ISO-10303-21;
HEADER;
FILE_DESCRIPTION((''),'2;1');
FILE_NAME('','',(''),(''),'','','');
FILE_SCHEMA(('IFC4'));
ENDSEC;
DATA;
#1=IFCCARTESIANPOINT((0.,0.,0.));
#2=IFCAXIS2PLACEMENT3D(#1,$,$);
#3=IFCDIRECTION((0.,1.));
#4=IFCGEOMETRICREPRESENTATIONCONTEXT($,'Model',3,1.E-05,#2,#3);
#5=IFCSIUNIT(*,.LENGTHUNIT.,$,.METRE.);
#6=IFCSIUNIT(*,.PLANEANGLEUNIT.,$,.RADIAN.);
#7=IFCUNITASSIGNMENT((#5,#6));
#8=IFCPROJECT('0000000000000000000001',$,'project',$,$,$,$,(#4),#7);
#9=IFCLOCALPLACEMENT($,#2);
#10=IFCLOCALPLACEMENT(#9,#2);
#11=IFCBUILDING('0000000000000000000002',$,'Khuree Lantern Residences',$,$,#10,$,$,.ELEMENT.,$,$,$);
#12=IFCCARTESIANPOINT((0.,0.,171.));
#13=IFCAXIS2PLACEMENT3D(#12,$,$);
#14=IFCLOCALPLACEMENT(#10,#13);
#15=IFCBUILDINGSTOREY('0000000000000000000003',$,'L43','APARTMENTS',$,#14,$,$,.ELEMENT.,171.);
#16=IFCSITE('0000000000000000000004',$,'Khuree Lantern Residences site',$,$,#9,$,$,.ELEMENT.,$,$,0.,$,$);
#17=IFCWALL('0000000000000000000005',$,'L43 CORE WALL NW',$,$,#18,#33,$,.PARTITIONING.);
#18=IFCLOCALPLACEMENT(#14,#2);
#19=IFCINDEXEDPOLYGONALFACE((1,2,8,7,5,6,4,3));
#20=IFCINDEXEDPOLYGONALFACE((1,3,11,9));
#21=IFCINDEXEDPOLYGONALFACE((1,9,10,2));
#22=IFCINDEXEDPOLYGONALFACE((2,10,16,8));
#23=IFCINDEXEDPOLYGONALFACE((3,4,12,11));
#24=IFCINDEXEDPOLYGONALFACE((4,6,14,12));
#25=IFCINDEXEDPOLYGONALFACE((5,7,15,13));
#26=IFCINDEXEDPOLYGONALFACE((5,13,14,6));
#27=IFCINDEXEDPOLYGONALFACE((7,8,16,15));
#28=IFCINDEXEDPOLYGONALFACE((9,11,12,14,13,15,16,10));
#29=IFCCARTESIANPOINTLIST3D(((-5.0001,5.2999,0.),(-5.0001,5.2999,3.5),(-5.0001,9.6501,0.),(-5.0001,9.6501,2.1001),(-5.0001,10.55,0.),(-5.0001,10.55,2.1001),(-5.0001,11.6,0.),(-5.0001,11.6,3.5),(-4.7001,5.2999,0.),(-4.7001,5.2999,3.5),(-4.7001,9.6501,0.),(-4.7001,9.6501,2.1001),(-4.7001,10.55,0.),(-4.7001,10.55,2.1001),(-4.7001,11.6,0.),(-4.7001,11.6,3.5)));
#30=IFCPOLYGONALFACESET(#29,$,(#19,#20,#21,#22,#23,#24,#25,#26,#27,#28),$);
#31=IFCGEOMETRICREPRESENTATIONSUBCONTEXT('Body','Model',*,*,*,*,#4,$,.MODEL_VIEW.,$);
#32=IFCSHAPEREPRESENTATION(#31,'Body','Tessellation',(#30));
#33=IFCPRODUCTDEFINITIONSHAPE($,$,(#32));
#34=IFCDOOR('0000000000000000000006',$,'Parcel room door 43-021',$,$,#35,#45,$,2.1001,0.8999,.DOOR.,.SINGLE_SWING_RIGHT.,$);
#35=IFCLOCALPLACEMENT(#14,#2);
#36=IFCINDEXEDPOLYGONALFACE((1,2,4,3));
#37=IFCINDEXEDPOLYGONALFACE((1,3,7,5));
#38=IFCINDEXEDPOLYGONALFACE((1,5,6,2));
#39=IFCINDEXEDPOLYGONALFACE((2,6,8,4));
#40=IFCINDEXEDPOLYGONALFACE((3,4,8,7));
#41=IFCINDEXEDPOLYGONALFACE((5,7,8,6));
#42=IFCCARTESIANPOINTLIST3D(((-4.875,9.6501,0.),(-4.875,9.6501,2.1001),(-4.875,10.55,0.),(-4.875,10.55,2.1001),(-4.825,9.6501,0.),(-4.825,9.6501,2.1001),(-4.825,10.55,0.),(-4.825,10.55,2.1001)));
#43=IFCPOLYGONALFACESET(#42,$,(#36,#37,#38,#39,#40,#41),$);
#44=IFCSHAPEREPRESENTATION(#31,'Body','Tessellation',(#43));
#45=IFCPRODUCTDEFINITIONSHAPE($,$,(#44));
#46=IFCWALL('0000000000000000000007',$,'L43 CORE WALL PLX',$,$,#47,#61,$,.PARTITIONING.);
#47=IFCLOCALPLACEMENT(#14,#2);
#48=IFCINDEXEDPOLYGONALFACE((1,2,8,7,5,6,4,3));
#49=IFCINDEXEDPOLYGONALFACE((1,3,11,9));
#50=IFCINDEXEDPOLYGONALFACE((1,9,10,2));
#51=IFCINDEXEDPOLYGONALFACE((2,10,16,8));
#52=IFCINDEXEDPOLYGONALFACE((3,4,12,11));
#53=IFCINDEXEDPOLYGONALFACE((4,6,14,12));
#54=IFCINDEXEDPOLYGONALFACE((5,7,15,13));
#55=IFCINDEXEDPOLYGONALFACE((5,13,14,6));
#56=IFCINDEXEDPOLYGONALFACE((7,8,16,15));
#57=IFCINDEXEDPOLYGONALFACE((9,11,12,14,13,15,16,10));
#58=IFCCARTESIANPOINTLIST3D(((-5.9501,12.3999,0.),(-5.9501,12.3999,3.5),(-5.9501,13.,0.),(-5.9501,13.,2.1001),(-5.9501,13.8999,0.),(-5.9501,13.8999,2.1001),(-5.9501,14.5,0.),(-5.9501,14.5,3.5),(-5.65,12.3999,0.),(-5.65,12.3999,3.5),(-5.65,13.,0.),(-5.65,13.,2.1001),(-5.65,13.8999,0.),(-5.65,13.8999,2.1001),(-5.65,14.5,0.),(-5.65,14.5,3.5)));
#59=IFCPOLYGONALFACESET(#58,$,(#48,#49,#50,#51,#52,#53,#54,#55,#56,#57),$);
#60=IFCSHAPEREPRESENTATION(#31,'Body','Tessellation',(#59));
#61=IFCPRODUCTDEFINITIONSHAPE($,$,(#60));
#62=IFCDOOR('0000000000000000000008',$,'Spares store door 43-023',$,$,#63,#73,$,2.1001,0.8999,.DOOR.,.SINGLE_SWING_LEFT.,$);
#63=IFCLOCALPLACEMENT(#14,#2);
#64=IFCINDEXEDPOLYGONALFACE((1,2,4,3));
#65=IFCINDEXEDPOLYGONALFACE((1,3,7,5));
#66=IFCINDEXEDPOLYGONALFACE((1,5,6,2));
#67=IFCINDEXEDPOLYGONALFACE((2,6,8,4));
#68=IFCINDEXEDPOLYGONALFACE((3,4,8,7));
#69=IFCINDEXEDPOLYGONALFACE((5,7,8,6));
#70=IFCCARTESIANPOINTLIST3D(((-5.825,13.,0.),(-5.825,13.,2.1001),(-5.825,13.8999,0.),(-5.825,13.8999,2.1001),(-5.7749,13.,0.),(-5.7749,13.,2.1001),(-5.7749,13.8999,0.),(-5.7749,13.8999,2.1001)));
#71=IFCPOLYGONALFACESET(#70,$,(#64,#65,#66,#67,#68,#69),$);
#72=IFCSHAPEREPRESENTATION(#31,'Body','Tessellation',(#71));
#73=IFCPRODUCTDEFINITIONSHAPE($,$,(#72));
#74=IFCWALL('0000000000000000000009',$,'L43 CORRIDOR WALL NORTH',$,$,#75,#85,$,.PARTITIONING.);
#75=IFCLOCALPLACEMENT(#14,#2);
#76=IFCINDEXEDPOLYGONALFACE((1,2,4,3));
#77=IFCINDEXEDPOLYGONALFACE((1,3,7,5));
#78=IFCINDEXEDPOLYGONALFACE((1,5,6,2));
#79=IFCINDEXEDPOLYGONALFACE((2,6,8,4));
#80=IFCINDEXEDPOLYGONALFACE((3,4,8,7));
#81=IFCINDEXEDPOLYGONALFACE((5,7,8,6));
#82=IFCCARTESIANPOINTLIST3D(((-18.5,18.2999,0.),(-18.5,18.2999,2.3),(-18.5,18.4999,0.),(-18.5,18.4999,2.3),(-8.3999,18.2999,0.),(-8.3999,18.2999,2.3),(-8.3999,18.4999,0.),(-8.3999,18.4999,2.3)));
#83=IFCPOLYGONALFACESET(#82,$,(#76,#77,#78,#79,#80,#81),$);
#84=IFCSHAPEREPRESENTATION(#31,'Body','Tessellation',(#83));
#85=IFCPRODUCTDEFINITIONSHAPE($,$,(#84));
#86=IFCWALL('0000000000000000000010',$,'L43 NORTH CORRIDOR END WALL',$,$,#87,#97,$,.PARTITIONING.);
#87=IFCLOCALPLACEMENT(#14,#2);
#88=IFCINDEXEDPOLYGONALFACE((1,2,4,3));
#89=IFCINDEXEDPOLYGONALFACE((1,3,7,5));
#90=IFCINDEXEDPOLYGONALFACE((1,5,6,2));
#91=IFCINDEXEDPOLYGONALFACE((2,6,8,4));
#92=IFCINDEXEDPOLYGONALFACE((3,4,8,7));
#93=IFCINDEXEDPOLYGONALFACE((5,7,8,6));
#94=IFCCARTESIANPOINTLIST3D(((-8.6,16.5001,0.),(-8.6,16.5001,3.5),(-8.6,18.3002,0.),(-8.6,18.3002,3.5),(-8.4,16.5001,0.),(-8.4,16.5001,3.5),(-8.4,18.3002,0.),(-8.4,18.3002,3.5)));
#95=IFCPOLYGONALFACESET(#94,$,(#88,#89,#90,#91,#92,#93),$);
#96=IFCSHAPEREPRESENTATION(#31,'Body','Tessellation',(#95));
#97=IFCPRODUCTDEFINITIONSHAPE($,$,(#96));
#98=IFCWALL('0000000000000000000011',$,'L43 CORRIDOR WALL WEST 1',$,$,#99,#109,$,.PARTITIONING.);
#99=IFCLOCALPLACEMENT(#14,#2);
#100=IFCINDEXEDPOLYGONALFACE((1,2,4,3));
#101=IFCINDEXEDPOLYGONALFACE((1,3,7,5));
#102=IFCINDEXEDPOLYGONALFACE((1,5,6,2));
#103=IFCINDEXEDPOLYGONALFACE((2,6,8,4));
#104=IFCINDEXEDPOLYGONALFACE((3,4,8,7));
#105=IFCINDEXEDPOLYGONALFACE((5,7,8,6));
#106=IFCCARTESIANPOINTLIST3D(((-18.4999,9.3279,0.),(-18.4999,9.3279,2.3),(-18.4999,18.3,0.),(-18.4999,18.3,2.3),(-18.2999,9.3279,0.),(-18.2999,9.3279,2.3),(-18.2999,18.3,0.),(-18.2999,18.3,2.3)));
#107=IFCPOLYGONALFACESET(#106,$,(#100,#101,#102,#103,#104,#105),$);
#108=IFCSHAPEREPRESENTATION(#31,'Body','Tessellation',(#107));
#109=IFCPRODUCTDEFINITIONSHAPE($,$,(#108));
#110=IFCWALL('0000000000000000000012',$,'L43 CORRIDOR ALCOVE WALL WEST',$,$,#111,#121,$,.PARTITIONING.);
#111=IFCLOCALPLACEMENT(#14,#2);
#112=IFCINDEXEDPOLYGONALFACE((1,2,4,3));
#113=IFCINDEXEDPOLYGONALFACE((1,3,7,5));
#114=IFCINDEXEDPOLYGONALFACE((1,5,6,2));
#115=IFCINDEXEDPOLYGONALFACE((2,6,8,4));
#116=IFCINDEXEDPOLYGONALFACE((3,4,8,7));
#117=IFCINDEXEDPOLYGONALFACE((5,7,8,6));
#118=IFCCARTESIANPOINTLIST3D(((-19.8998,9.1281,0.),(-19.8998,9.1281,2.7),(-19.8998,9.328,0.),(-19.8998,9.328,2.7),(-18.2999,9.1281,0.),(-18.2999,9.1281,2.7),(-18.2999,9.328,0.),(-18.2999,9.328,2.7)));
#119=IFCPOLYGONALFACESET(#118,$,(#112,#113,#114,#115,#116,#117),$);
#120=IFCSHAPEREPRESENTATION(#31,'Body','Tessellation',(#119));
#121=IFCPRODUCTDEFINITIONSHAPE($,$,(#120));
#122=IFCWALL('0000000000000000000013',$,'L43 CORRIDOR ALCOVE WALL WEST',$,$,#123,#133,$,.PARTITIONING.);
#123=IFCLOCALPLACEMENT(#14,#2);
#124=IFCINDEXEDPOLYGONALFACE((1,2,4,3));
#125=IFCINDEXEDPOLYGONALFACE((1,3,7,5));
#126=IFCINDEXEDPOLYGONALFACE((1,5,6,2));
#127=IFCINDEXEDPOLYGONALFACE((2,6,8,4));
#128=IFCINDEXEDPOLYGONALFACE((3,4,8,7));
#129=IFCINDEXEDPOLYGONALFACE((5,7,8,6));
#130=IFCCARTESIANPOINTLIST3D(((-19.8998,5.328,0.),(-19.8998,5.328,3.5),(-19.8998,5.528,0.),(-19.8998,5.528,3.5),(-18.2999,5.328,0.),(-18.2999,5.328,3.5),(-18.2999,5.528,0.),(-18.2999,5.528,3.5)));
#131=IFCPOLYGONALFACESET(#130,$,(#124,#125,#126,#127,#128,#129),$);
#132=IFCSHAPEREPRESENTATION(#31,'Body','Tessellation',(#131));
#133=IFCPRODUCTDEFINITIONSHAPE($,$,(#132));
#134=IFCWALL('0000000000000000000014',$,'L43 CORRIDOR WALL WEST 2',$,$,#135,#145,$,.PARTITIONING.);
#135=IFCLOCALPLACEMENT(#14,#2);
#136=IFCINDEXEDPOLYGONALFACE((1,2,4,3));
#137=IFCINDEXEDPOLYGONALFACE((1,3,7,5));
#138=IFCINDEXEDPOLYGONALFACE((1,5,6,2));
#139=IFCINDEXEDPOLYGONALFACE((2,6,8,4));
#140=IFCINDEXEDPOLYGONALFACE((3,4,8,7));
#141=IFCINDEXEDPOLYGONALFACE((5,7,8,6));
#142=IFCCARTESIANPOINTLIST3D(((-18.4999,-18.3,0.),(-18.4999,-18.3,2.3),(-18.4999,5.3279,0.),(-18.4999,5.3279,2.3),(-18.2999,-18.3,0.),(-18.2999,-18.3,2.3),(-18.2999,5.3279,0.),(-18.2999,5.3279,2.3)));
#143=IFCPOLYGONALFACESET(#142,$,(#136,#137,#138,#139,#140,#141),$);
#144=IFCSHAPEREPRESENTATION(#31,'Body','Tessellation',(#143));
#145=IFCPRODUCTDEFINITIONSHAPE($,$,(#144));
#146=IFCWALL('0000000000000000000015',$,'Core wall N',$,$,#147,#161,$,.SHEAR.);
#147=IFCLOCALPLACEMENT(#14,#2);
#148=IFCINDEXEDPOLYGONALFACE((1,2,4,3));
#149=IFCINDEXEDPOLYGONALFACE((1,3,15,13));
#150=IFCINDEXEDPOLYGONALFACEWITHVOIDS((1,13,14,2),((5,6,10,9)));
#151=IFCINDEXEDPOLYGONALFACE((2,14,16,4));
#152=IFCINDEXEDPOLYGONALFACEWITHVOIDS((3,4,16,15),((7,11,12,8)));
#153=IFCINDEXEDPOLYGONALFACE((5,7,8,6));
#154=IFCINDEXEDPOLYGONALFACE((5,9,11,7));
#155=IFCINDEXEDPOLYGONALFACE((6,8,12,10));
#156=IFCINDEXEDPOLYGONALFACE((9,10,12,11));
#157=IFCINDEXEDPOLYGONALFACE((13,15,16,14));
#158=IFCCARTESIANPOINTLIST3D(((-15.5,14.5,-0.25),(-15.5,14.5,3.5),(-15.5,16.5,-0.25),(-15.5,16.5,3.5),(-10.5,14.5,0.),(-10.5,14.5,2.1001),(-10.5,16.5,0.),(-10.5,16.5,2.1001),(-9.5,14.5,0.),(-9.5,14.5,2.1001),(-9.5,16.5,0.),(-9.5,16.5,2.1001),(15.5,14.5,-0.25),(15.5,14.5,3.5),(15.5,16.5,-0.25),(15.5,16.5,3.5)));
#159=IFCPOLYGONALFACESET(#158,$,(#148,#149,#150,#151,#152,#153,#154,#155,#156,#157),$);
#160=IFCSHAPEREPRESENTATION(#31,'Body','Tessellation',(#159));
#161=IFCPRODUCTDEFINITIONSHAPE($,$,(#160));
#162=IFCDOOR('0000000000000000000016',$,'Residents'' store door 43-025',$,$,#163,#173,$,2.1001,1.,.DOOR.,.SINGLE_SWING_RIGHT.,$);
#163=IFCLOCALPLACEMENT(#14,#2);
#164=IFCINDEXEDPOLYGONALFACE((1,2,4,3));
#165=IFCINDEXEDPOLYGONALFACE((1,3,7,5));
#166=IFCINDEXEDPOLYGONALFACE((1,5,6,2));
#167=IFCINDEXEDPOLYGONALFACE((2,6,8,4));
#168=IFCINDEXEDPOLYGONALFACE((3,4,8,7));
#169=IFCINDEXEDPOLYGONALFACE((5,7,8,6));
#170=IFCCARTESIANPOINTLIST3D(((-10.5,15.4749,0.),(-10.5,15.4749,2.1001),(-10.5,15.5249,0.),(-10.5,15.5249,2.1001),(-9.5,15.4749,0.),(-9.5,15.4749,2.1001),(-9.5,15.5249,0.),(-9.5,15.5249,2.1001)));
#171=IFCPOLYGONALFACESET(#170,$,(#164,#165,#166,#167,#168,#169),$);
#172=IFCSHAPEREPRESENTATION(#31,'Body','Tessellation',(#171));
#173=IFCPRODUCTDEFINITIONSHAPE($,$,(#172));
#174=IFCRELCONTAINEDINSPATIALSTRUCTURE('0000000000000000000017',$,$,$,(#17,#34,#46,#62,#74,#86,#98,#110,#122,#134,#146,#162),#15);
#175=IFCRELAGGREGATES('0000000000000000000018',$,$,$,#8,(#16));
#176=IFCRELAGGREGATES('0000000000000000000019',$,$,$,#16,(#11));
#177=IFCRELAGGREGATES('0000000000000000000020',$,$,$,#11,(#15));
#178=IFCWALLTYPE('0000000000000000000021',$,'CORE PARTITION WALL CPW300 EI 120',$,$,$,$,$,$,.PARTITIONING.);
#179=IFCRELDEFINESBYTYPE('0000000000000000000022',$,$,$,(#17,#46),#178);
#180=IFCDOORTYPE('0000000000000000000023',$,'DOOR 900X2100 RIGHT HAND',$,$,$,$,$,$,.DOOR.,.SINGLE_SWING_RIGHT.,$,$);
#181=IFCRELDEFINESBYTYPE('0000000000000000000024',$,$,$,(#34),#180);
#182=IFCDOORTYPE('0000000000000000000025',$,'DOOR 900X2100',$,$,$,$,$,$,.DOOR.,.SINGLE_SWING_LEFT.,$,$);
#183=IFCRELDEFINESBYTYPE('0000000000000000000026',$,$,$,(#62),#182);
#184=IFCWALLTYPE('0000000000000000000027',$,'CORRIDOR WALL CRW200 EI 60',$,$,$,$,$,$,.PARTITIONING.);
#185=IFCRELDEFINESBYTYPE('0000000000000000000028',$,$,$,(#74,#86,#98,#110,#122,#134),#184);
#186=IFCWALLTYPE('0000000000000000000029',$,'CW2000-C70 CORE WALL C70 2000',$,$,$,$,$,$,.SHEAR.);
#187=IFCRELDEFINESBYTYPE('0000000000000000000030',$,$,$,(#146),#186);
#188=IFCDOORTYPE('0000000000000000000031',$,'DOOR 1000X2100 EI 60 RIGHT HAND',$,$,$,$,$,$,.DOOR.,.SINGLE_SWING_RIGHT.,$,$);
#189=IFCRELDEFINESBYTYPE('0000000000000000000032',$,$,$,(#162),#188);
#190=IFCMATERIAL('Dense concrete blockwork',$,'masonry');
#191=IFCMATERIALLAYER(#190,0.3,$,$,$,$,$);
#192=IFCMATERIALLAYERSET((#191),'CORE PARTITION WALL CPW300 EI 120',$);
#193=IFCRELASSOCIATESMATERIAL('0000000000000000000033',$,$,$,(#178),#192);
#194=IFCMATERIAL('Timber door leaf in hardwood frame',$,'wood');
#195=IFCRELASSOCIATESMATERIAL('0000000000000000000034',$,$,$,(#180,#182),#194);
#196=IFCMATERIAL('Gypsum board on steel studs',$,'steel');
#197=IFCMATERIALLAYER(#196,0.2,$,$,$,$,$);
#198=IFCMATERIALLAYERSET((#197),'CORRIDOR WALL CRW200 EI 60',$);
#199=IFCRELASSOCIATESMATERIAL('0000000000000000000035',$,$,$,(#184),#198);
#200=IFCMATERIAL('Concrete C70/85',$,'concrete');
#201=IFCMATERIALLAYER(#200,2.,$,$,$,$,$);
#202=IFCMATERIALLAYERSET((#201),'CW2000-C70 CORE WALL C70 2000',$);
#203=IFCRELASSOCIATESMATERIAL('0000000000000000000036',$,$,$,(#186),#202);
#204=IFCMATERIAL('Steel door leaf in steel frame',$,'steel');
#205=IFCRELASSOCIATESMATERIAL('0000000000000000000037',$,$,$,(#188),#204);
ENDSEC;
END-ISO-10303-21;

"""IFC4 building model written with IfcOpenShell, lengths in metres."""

from ifc_helpers import new_model, si_unit, direction, frame, frame_2d, origin, place, context, subcontext, project, spatial, rectangle, extrude, material, layer, layer_set, type_object, element, fill, save


model = new_model("IFC4")

# Units and contexts
model_context = context("Model", 3, precision=1e-05, world=origin(), true_north=direction((0.0, 1.0)))
body_context = subcontext(model_context, "Body", "Model", "MODEL_VIEW")
ifc_project = project(units=[si_unit("LENGTHUNIT", "METRE"), si_unit("PLANEANGLEUNIT", "RADIAN")], contexts=[model_context])

# Site, building, storey
site_placement = place(None, origin())
site = spatial("IfcSite", under=ifc_project, at=site_placement, Name="Khuree Lantern Residences site", CompositionType="ELEMENT", RefElevation=0.0)
building_placement = place(site_placement, origin())
building = spatial("IfcBuilding", under=site, at=building_placement, Name="Khuree Lantern Residences", CompositionType="ELEMENT")
storey_placement = place(building_placement, frame((0.0, 0.0, 171.0)))
storey = spatial("IfcBuildingStorey", under=building, at=storey_placement, Name="L43", Description="APARTMENTS", CompositionType="ELEMENT", Elevation=171.0)

# Shared definitions
ifc_material_1 = material(Name="Concrete C70/85", Category="concrete")

# Shared definitions
ifc_material_2 = material(Name="Dense concrete blockwork", Category="masonry")
ifc_layer_1 = layer(ifc_material_2, 0.3)
ifc_layer_set_1 = layer_set([ifc_layer_1], Name="CORE PARTITION WALL CPW300 EI 120")
wall_type_1 = type_object("IfcWallType", Name="CORE PARTITION WALL CPW300 EI 120", PredefinedType="PARTITIONING", material=ifc_layer_set_1)

# Shared definitions
ifc_material_3 = material(Name="Steel door leaf in steel frame", Category="steel")
ifc_material_4 = material(Name="Timber door leaf in hardwood frame", Category="wood")
door_type_1 = type_object("IfcDoorType", Name="DOOR 900X2100 RIGHT HAND", OperationType="SINGLE_SWING_RIGHT", PredefinedType="DOOR", material=ifc_material_4)

# Walls, openings, doors
wall_1_placement = place(storey_placement, frame((-4.8501, 5.3, 0.0), z_axis=(0.0, 0.0, 1.0), x_axis=(0.0, 1.0, 0.0)))
wall_1 = element("IfcWall", 1, at=wall_1_placement, inside=storey, type_object=wall_type_1, Name="L43 CORE WALL NW", PredefinedType="PARTITIONING", context=body_context, shape_type="SweptSolid", body=[
    extrude(rectangle(XDim=6.3, YDim=0.3, at=frame_2d((3.1499, 0.0))), origin(), (0.0, 0.0, 1.0), 3.5),
])
opening_1_placement = place(wall_1_placement, frame((4.3501, 0.0, 0.0)))
opening_1 = element("IfcOpeningElement", 2, at=opening_1_placement, cuts=wall_1, PredefinedType="OPENING", context=body_context, shape_type="SweptSolid", body=[
    extrude(rectangle(XDim=0.8999, YDim=2.1001, at=frame_2d((0.45, 1.05))), frame((0.0, 0.1602, 0.0), z_axis=(0.0, -1.0, 0.0), x_axis=(1.0, 0.0, 0.0)), (0.0, 0.0, 1.0), 0.3201),
])
door_1_placement = place(opening_1_placement, origin())
door_1 = element("IfcDoor", 3, at=door_1_placement, inside=storey, type_object=door_type_1, Name="Parcel room door 43-021", OperationType="SINGLE_SWING_RIGHT", OverallHeight=2.1001, OverallWidth=0.8999, PredefinedType="DOOR", context=body_context, shape_type="SweptSolid", body=[
    extrude(rectangle(XDim=0.8999, YDim=2.1001, at=frame_2d((0.45, 1.05))), frame((0.0, 0.0249, 0.0), z_axis=(0.0, -1.0, 0.0), x_axis=(1.0, 0.0, 0.0)), (0.0, 0.0, 1.0), 0.05),
])
fill(opening_1, door_1)
wall_2_placement = place(storey_placement, frame((-5.8, 12.3999, 0.0), z_axis=(0.0, 0.0, 1.0), x_axis=(0.0, 1.0, 0.0)))
wall_2 = element("IfcWall", 4, at=wall_2_placement, inside=storey, type_object=wall_type_1, Name="L43 CORE WALL PLX", PredefinedType="PARTITIONING", context=body_context, shape_type="SweptSolid", body=[
    extrude(rectangle(XDim=2.1001, YDim=0.3, at=frame_2d((1.05, 0.0))), origin(), (0.0, 0.0, 1.0), 3.5),
])
opening_2_placement = place(wall_2_placement, frame((0.6001, 0.0, 0.0)))
opening_2 = element("IfcOpeningElement", 5, at=opening_2_placement, cuts=wall_2, PredefinedType="OPENING", context=body_context, shape_type="SweptSolid", body=[
    extrude(rectangle(XDim=0.8999, YDim=2.1001, at=frame_2d((0.45, 1.05))), frame((0.0, 0.1602, 0.0), z_axis=(0.0, -1.0, 0.0), x_axis=(1.0, 0.0, 0.0)), (0.0, 0.0, 1.0), 0.3201),
])
door_type_2 = type_object("IfcDoorType", Name="DOOR 900X2100", OperationType="SINGLE_SWING_LEFT", PredefinedType="DOOR", material=ifc_material_4)
door_2_placement = place(opening_2_placement, origin())
door_2 = element("IfcDoor", 6, at=door_2_placement, inside=storey, type_object=door_type_2, Name="Spares store door 43-023", OperationType="SINGLE_SWING_LEFT", OverallHeight=2.1001, OverallWidth=0.8999, PredefinedType="DOOR", context=body_context, shape_type="SweptSolid", body=[
    extrude(rectangle(XDim=0.8999, YDim=2.1001, at=frame_2d((0.45, 1.05))), frame((0.0, 0.0249, 0.0), z_axis=(0.0, -1.0, 0.0), x_axis=(1.0, 0.0, 0.0)), (0.0, 0.0, 1.0), 0.05),
])
fill(opening_2, door_2)

# Walls
ifc_material_5 = material(Name="Gypsum board on steel studs", Category="steel")
ifc_layer_2 = layer(ifc_material_5, 0.2)
ifc_layer_set_2 = layer_set([ifc_layer_2], Name="CORRIDOR WALL CRW200 EI 60")
wall_type_2 = type_object("IfcWallType", Name="CORRIDOR WALL CRW200 EI 60", PredefinedType="PARTITIONING", material=ifc_layer_set_2)
wall_3_placement = place(storey_placement, frame((-18.5, 18.3999, 0.0), z_axis=(0.0, 0.0, 1.0), x_axis=(1.0, 0.0, 0.0)))
element("IfcWall", 7, at=wall_3_placement, inside=storey, type_object=wall_type_2, Name="L43 CORRIDOR WALL NORTH", PredefinedType="PARTITIONING", context=body_context, shape_type="SweptSolid", body=[
    extrude(rectangle(XDim=10.1001, YDim=0.2, at=frame_2d((5.05, 0.0))), origin(), (0.0, 0.0, 1.0), 2.3),
])
wall_4_placement = place(storey_placement, frame((-8.5, 18.3, 0.0), z_axis=(0.0, 0.0, 1.0), x_axis=(0.0, -1.0, 0.0)))
element("IfcWall", 8, at=wall_4_placement, inside=storey, type_object=wall_type_2, Name="L43 NORTH CORRIDOR END WALL", PredefinedType="PARTITIONING", context=body_context, shape_type="SweptSolid", body=[
    extrude(rectangle(XDim=1.8, YDim=0.2, at=frame_2d((0.8999, 0.0))), origin(), (0.0, 0.0, 1.0), 3.5),
])
wall_5_placement = place(storey_placement, frame((-18.3999, 18.3, 0.0), z_axis=(0.0, 0.0, 1.0), x_axis=(0.0, -1.0, 0.0)))
element("IfcWall", 9, at=wall_5_placement, inside=storey, type_object=wall_type_2, Name="L43 CORRIDOR WALL WEST 1", PredefinedType="PARTITIONING", context=body_context, shape_type="SweptSolid", body=[
    extrude(rectangle(XDim=8.9722, YDim=0.2, at=frame_2d((4.4861, 0.0))), origin(), (0.0, 0.0, 1.0), 2.3),
])
wall_6_placement = place(storey_placement, frame((-18.3, 9.228, 0.0), z_axis=(0.0, 0.0, 1.0), x_axis=(-1.0, 0.0, 0.0)))
element("IfcWall", 10, at=wall_6_placement, inside=storey, type_object=wall_type_2, Name="L43 CORRIDOR ALCOVE WALL WEST", PredefinedType="PARTITIONING", context=body_context, shape_type="SweptSolid", body=[
    extrude(rectangle(XDim=1.5999, YDim=0.2, at=frame_2d((0.7998, 0.0))), origin(), (0.0, 0.0, 1.0), 2.7),
])
wall_7_placement = place(storey_placement, frame((-18.3, 5.428, 0.0), z_axis=(0.0, 0.0, 1.0), x_axis=(-1.0, 0.0, 0.0)))
element("IfcWall", 11, at=wall_7_placement, inside=storey, type_object=wall_type_2, Name="L43 CORRIDOR ALCOVE WALL WEST", PredefinedType="PARTITIONING", context=body_context, shape_type="SweptSolid", body=[
    extrude(rectangle(XDim=1.5999, YDim=0.2, at=frame_2d((0.7998, 0.0))), origin(), (0.0, 0.0, 1.0), 3.5),
])
wall_8_placement = place(storey_placement, frame((-18.3999, 5.3279, 0.0), z_axis=(0.0, 0.0, 1.0), x_axis=(0.0, -1.0, 0.0)))
element("IfcWall", 12, at=wall_8_placement, inside=storey, type_object=wall_type_2, Name="L43 CORRIDOR WALL WEST 2", PredefinedType="PARTITIONING", context=body_context, shape_type="SweptSolid", body=[
    extrude(rectangle(XDim=23.6279, YDim=0.2, at=frame_2d((11.814, 0.0))), origin(), (0.0, 0.0, 1.0), 2.3),
])

# Wall, opening, door
ifc_layer_3 = layer(ifc_material_1, 2.0)
ifc_layer_set_3 = layer_set([ifc_layer_3], Name="CW2000-C70 CORE WALL C70 2000")
wall_type_3 = type_object("IfcWallType", Name="CW2000-C70 CORE WALL C70 2000", PredefinedType="SHEAR", material=ifc_layer_set_3)
wall_9_placement = place(storey_placement, frame((-15.5, 15.5, -0.25), z_axis=(0.0, 0.0, 1.0), x_axis=(1.0, 0.0, 0.0)))
wall_9 = element("IfcWall", 13, at=wall_9_placement, inside=storey, type_object=wall_type_3, Name="Core wall N", PredefinedType="SHEAR", context=body_context, shape_type="SweptSolid", body=[
    extrude(rectangle(XDim=31.0, YDim=2.0, at=frame_2d((15.5, 0.0))), origin(), (0.0, 0.0, 1.0), 3.75),
])
opening_3_placement = place(wall_9_placement, frame((5.0, 0.0, 0.25)))
opening_3 = element("IfcOpeningElement", 14, at=opening_3_placement, cuts=wall_9, PredefinedType="OPENING", context=body_context, shape_type="SweptSolid", body=[
    extrude(rectangle(XDim=1.0, YDim=2.1001, at=frame_2d((0.5, 1.05))), frame((0.0, 1.01, 0.0), z_axis=(0.0, -1.0, 0.0), x_axis=(1.0, 0.0, 0.0)), (0.0, 0.0, 1.0), 2.02),
])
door_type_3 = type_object("IfcDoorType", Name="DOOR 1000X2100 EI 60 RIGHT HAND", OperationType="SINGLE_SWING_RIGHT", PredefinedType="DOOR", material=ifc_material_3)
door_3_placement = place(opening_3_placement, origin())
door_3 = element("IfcDoor", 15, at=door_3_placement, inside=storey, type_object=door_type_3, Name="Residents' store door 43-025", OperationType="SINGLE_SWING_RIGHT", OverallHeight=2.1001, OverallWidth=1.0, PredefinedType="DOOR", context=body_context, shape_type="SweptSolid", body=[
    extrude(rectangle(XDim=1.0, YDim=2.1001, at=frame_2d((0.5, 1.05))), frame((0.0, 0.0249, 0.0), z_axis=(0.0, -1.0, 0.0), x_axis=(1.0, 0.0, 0.0)), (0.0, 0.0, 1.0), 0.05),
])
fill(opening_3, door_3)

save(model, "model.ifc")
